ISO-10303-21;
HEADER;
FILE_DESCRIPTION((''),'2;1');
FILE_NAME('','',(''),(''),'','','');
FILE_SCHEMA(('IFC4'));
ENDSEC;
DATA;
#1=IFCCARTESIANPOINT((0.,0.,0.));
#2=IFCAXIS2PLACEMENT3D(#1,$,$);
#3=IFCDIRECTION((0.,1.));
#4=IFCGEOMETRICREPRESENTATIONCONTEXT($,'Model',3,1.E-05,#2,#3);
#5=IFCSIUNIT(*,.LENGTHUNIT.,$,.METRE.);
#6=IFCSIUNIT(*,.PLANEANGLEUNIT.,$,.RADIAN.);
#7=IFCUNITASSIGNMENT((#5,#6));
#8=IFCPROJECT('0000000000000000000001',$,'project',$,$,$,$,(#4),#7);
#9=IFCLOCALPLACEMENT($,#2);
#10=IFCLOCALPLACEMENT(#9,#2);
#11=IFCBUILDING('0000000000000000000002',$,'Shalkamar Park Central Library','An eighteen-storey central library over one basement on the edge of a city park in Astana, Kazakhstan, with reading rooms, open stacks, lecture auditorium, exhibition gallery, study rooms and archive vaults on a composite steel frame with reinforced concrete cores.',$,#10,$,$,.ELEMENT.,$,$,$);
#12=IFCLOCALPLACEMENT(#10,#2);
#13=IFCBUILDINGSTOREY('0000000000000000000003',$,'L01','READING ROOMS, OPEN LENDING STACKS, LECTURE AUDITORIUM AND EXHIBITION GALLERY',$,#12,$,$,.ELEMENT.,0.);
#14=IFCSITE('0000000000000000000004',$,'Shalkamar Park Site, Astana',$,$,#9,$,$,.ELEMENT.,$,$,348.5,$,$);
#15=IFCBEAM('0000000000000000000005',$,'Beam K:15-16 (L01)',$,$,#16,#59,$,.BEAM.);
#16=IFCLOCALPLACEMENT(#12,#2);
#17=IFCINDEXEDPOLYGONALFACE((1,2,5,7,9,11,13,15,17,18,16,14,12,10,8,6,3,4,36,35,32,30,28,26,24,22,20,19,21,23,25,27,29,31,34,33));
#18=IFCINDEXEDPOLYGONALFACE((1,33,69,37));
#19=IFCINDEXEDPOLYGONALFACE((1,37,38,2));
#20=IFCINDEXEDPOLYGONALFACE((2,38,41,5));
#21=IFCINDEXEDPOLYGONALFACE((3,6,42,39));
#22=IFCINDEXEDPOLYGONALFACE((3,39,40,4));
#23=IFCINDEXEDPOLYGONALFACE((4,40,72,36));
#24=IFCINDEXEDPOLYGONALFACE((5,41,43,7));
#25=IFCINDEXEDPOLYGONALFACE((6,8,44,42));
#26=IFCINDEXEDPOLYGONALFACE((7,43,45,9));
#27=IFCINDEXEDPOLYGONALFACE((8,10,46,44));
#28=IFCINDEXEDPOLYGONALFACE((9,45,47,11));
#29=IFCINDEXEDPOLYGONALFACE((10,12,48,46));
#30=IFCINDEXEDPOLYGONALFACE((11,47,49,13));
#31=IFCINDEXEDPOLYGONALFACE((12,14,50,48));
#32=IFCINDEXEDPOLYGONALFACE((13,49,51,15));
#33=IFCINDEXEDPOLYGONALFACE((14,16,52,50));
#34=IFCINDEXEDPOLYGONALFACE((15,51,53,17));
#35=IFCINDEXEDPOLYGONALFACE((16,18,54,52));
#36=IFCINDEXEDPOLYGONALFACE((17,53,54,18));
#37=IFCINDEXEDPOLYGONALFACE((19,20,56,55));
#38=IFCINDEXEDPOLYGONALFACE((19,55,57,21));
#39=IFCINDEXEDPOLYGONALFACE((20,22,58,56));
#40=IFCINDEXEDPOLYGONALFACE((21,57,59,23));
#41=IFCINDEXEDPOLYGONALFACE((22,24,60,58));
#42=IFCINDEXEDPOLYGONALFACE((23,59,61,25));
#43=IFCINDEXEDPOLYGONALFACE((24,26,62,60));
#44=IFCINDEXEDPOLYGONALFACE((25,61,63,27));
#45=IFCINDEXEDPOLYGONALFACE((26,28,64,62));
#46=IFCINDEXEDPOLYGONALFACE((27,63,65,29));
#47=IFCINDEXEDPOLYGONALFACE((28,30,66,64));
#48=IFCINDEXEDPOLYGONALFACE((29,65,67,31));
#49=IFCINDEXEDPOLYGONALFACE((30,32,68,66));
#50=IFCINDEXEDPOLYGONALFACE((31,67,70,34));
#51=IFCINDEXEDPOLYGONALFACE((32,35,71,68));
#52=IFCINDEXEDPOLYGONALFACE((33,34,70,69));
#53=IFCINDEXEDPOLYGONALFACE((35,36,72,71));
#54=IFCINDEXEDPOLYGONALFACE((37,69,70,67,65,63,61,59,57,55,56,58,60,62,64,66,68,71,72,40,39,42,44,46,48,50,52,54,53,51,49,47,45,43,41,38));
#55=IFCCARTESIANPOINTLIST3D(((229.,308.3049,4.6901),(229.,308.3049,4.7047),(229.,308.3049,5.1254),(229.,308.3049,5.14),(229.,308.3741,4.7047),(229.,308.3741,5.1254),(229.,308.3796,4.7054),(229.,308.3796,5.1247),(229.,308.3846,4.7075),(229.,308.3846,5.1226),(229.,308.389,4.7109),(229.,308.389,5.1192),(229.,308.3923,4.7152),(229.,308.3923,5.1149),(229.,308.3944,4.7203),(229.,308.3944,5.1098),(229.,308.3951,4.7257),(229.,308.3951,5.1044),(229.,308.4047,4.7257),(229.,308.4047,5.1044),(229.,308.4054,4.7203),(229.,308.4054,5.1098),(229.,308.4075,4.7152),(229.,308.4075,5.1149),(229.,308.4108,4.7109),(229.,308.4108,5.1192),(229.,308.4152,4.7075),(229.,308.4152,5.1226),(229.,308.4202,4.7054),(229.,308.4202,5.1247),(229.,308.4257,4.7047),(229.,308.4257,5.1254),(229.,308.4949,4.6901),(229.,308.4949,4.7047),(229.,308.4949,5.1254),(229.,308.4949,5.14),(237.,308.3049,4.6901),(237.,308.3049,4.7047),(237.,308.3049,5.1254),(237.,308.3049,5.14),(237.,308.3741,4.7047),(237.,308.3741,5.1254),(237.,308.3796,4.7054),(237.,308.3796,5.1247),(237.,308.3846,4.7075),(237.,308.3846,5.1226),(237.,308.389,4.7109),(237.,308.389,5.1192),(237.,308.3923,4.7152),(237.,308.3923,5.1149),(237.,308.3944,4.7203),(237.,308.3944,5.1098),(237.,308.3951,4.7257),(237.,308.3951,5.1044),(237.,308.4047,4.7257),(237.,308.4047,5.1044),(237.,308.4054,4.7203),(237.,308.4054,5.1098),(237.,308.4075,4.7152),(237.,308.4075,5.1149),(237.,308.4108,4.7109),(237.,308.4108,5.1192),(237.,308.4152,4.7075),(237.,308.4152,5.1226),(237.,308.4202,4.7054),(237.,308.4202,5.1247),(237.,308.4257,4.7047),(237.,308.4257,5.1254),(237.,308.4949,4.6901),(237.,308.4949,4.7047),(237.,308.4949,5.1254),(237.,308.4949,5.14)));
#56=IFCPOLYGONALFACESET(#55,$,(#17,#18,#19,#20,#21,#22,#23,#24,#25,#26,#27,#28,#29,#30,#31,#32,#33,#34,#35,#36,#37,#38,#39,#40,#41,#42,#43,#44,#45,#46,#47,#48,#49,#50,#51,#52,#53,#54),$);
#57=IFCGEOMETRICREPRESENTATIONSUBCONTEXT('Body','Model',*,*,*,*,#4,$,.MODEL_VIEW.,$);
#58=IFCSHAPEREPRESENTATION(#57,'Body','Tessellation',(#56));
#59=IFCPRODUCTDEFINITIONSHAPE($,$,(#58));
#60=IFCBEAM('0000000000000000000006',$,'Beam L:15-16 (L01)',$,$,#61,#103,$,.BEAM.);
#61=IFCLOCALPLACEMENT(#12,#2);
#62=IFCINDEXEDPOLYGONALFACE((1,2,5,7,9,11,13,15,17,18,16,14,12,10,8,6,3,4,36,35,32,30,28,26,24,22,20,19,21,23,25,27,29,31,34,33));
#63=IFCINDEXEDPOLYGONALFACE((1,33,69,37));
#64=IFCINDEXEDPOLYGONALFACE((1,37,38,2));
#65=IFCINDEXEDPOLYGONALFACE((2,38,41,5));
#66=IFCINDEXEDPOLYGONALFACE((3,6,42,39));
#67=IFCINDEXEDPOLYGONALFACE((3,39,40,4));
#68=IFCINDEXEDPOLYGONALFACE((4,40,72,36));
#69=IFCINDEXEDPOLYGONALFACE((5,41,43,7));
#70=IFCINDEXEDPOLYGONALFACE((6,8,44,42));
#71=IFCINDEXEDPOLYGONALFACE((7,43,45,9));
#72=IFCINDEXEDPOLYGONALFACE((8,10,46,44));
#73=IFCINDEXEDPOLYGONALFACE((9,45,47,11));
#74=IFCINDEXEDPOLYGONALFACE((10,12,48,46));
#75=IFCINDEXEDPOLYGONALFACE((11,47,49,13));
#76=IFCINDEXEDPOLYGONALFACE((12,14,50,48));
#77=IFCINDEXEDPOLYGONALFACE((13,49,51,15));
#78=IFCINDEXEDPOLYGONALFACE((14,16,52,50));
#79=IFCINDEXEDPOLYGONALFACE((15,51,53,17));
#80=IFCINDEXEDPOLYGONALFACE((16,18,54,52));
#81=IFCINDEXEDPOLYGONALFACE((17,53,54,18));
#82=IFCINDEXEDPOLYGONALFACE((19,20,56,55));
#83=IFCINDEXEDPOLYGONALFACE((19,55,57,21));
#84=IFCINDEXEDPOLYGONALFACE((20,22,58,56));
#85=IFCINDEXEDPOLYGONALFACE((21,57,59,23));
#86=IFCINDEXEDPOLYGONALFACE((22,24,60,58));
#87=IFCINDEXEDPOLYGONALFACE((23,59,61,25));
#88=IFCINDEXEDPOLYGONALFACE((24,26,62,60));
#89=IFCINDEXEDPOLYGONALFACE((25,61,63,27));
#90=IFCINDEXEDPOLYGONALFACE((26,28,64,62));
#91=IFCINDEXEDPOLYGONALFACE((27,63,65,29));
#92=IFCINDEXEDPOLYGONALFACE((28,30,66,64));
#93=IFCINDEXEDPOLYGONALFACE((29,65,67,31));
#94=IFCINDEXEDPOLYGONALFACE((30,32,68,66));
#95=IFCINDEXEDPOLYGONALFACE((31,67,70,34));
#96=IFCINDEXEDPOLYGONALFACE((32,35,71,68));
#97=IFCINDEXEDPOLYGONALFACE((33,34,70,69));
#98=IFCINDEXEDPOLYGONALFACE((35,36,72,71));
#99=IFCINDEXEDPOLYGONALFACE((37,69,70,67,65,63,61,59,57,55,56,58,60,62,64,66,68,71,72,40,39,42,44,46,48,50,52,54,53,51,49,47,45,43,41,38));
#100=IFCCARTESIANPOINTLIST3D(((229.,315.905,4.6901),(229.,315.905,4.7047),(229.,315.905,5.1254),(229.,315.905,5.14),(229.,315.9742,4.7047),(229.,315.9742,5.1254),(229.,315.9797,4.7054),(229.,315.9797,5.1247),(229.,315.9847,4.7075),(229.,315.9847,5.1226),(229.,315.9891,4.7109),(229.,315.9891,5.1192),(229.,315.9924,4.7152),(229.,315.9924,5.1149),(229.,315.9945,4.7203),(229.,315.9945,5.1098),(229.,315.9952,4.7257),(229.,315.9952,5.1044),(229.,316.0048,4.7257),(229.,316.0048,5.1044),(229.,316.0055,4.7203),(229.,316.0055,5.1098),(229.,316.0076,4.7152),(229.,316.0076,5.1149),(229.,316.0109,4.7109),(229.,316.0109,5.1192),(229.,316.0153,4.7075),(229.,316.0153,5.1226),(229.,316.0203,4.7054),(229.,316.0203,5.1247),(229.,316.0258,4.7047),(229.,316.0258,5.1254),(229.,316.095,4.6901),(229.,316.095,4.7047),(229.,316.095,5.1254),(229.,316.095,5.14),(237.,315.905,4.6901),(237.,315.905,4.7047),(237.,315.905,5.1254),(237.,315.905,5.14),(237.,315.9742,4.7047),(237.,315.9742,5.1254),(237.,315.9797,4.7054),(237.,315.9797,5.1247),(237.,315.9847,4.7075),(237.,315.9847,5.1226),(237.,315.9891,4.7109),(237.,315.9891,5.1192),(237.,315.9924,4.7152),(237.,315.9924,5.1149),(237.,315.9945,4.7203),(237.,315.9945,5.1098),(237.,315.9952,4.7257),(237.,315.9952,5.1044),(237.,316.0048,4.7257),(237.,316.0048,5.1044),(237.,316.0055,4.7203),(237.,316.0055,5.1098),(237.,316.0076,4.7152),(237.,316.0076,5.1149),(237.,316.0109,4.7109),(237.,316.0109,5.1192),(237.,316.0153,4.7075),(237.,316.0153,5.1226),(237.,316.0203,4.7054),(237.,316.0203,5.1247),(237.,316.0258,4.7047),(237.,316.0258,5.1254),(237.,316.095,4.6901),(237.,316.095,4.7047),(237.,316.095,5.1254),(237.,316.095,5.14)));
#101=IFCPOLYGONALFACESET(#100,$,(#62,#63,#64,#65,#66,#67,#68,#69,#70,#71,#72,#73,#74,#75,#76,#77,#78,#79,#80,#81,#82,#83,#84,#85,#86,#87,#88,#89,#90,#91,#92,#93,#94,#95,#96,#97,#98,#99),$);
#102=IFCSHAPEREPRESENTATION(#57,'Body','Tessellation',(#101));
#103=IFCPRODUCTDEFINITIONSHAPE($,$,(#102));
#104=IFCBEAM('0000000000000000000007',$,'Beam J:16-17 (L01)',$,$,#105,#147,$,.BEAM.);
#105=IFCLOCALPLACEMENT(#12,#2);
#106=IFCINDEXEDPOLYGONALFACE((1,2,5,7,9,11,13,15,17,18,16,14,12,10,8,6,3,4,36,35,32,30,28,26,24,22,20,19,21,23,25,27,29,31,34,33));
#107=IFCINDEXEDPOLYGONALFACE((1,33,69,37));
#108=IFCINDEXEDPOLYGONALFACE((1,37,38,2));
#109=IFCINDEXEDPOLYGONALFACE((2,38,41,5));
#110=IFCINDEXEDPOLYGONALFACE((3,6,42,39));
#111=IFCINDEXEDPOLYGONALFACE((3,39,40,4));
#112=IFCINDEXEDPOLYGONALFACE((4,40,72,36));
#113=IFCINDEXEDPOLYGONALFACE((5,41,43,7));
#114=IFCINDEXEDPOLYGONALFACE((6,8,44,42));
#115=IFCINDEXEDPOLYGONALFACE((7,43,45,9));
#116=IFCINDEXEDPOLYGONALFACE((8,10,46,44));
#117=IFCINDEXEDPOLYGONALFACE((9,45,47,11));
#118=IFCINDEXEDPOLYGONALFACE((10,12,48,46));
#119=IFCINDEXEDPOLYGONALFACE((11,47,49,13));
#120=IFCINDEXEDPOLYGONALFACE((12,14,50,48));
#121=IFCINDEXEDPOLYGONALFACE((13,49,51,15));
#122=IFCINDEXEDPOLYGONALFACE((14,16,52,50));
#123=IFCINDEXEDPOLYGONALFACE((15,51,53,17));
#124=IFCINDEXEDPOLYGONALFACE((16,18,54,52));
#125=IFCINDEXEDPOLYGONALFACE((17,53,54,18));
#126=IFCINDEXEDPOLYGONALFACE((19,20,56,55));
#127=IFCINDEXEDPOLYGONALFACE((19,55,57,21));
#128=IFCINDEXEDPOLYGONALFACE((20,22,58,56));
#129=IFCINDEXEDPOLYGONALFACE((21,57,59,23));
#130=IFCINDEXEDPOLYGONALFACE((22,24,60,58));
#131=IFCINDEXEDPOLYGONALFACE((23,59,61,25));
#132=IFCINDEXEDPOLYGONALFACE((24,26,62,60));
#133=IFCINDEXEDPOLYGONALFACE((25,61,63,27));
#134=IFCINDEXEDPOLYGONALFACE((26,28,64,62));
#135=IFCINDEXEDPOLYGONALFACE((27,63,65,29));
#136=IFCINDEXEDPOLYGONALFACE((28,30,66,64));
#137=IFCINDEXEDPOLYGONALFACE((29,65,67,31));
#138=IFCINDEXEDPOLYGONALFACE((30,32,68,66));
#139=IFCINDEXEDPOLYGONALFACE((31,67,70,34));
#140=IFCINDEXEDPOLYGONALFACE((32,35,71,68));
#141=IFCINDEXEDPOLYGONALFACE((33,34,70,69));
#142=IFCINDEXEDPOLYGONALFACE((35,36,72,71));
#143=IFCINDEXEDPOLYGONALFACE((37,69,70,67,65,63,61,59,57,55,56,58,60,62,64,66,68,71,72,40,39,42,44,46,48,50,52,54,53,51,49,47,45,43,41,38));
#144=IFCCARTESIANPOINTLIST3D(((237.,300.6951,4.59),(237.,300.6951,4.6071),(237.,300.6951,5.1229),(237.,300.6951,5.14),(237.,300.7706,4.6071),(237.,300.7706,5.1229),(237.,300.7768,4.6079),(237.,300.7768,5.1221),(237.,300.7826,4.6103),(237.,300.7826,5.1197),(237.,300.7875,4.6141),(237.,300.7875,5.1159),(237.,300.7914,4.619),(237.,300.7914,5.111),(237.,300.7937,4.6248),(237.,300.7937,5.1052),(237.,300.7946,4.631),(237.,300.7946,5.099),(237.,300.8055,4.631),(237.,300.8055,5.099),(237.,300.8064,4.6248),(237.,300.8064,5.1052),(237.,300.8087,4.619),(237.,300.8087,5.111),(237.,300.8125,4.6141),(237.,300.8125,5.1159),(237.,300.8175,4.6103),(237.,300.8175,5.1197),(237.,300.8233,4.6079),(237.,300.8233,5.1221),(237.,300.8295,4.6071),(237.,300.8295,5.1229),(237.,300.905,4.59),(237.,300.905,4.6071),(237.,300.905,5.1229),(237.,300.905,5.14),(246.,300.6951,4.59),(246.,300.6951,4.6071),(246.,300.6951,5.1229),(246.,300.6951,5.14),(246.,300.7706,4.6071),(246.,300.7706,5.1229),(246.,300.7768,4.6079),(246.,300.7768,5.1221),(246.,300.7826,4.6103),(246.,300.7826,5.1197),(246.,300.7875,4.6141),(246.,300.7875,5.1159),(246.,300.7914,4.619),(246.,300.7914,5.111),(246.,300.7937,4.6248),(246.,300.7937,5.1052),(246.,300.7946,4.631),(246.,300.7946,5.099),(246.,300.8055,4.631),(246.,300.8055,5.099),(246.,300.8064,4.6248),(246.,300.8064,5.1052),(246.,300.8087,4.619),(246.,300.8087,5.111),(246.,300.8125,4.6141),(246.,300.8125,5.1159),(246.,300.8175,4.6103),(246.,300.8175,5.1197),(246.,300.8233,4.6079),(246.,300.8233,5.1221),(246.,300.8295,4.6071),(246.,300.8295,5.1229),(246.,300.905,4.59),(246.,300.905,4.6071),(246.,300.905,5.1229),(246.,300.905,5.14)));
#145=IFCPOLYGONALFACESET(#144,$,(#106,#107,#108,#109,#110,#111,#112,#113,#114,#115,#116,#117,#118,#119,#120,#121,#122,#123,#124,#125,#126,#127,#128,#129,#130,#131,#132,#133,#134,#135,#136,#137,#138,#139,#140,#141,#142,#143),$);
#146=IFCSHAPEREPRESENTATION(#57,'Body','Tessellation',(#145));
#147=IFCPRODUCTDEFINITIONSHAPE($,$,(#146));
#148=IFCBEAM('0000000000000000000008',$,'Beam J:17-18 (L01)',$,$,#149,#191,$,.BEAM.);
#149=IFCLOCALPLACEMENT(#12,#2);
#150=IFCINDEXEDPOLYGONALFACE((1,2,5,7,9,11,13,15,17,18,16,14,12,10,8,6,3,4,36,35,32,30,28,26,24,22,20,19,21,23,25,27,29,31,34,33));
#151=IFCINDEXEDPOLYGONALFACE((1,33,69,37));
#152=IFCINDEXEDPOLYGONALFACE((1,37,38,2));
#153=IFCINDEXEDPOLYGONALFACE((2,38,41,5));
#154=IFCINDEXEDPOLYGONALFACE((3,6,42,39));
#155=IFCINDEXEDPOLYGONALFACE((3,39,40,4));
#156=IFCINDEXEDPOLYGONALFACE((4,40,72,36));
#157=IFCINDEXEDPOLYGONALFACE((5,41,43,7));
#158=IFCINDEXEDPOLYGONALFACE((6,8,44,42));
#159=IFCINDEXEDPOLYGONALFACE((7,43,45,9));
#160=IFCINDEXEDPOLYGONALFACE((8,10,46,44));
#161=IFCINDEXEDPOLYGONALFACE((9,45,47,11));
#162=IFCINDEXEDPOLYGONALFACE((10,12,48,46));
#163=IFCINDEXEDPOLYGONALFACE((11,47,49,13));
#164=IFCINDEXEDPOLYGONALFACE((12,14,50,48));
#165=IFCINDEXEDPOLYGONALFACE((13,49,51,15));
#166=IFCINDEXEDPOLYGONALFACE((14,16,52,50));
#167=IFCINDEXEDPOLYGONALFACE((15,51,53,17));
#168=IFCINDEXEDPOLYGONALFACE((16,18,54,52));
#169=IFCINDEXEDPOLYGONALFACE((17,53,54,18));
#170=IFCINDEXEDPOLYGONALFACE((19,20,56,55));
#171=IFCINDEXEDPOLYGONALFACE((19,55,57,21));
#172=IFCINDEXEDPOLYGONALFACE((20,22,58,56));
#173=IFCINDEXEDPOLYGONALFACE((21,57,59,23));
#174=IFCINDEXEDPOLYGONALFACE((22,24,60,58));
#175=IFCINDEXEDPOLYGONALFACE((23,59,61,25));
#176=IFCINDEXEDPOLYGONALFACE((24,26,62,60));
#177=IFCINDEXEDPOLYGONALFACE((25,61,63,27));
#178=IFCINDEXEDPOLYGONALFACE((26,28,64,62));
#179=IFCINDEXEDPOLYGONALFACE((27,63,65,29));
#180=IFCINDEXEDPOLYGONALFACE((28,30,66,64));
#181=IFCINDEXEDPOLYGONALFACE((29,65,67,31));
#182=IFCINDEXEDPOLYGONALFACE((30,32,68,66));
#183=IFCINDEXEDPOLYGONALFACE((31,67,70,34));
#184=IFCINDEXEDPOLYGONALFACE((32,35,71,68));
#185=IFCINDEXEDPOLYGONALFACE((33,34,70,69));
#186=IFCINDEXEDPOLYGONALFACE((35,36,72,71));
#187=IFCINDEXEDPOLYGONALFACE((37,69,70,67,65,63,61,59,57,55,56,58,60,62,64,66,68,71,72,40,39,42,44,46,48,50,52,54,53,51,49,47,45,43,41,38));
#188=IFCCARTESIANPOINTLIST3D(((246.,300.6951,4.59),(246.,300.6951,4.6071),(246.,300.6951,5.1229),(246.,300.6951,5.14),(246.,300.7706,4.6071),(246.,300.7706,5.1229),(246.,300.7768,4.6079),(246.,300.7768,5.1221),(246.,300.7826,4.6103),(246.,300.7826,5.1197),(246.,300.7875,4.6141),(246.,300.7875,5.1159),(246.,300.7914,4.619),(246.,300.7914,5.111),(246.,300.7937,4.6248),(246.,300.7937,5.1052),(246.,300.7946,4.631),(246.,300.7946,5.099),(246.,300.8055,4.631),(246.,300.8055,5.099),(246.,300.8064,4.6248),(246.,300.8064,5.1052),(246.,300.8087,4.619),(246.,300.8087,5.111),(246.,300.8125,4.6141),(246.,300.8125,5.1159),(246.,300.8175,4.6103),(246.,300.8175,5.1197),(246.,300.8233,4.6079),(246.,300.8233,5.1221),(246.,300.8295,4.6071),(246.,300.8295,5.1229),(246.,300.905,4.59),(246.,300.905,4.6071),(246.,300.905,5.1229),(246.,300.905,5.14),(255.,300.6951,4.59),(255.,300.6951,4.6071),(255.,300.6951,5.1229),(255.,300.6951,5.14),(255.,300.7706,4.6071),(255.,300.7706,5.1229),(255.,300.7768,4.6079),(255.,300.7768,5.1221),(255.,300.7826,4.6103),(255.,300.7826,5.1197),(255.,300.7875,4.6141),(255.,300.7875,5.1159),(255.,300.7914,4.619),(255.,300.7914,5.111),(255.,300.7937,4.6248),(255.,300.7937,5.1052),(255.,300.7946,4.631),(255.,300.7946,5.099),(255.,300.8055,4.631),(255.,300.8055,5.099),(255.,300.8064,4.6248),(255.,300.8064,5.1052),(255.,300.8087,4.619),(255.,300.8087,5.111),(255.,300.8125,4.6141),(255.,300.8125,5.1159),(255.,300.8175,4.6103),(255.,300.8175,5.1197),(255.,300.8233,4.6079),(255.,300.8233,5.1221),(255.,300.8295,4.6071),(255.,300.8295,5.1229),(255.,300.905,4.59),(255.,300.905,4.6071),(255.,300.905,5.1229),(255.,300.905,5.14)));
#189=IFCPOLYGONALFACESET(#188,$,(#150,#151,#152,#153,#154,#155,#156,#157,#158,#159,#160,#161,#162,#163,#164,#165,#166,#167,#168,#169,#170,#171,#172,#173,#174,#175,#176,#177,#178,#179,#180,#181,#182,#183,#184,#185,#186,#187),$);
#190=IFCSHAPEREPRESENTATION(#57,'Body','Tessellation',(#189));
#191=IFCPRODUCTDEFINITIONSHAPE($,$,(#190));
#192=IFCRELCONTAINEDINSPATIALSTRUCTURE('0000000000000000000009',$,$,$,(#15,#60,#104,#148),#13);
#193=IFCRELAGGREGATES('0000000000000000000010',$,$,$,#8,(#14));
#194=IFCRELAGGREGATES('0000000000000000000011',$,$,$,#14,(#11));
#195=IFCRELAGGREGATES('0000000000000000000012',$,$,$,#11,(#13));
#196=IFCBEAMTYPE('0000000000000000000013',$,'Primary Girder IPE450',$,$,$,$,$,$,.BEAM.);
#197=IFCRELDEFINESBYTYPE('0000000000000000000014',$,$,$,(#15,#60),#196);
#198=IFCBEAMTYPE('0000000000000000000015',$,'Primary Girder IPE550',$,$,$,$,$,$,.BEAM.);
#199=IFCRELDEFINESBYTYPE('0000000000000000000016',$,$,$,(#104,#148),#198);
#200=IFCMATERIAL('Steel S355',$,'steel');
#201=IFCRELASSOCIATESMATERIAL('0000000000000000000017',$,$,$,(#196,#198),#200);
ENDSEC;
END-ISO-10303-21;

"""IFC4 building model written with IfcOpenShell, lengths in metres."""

from ifc_helpers import new_model, si_unit, direction, frame, origin, origin_2d, place, context, subcontext, project, spatial, i_section, extrude, material, material_profile, profile_set, type_object, element, save


model = new_model("IFC4")

# Units and contexts
model_context = context("Model", 3, precision=1e-05, world=origin(), true_north=direction((0.0, 1.0)))
body_context = subcontext(model_context, "Body", "Model", "MODEL_VIEW")
ifc_project = project(units=[si_unit("LENGTHUNIT", "METRE"), si_unit("PLANEANGLEUNIT", "RADIAN")], contexts=[model_context])

# Site, building, storey
site_placement = place(None, origin())
site = spatial("IfcSite", under=ifc_project, at=site_placement, Name="Shalkamar Park Site, Astana", CompositionType="ELEMENT", RefElevation=348.5)
building_placement = place(site_placement, origin())
building = spatial("IfcBuilding", under=site, at=building_placement, Name="Shalkamar Park Central Library", Description="An eighteen-storey central library over one basement on the edge of a city park in Astana, Kazakhstan, with reading rooms, open stacks, lecture auditorium, exhibition gallery, study rooms and archive vaults on a composite steel frame with reinforced concrete cores.", CompositionType="ELEMENT")
storey_placement = place(building_placement, origin())
storey = spatial("IfcBuildingStorey", under=building, at=storey_placement, Name="L01", Description="READING ROOMS, OPEN LENDING STACKS, LECTURE AUDITORIUM AND EXHIBITION GALLERY", CompositionType="ELEMENT", Elevation=0.0)

# Shared definitions
ifc_material_1 = material(Name="Steel S355", Category="steel")

# Beams
ifc_material_profile_1 = material_profile(ifc_material_1, i_section(OverallWidth=0.1899, OverallDepth=0.45, WebThickness=0.0095, FlangeThickness=0.0146, FilletRadius=0.021, at=origin_2d()), Name="IPE 450")
ifc_profile_set_1 = profile_set([ifc_material_profile_1], Name="Steel S355")
beam_type_1 = type_object("IfcBeamType", Name="Primary Girder IPE450", PredefinedType="BEAM", material=ifc_profile_set_1)
for number, where, z_axis, x_axis, name in (
    (1, (229.0, 308.3999, 4.915), (1.0, 0.0, 0.0), (0.0, 1.0, 0.0), "Beam K:15-16 (L01)"),
    (2, (229.0, 316.0, 4.915), (1.0, 0.0, 0.0), (0.0, 1.0, 0.0), "Beam L:15-16 (L01)"),
):
    element("IfcBeam", number, at=place(storey_placement, frame(where, z_axis=z_axis, x_axis=x_axis)), inside=storey, type_object=beam_type_1, Name=name, PredefinedType="BEAM", context=body_context, shape_type="SweptSolid", body=[
        extrude(i_section(OverallWidth=0.1899, OverallDepth=0.45, WebThickness=0.0095, FlangeThickness=0.0146, FilletRadius=0.021, at=origin_2d()), origin(), (0.0, 0.0, 1.0), 8.0),
    ])
ifc_material_profile_2 = material_profile(ifc_material_1, i_section(OverallWidth=0.21, OverallDepth=0.55, WebThickness=0.011, FlangeThickness=0.0171, FilletRadius=0.0239, at=origin_2d()), Name="IPE 550")
ifc_profile_set_2 = profile_set([ifc_material_profile_2], Name="Steel S355")
beam_type_2 = type_object("IfcBeamType", Name="Primary Girder IPE550", PredefinedType="BEAM", material=ifc_profile_set_2)
for number, where, z_axis, x_axis, name in (
    (3, (237.0, 300.8, 4.865), (1.0, 0.0, 0.0), (0.0, 1.0, 0.0), "Beam J:16-17 (L01)"),
    (4, (246.0, 300.8, 4.865), (1.0, 0.0, 0.0), (0.0, 1.0, 0.0), "Beam J:17-18 (L01)"),
):
    element("IfcBeam", number, at=place(storey_placement, frame(where, z_axis=z_axis, x_axis=x_axis)), inside=storey, type_object=beam_type_2, Name=name, PredefinedType="BEAM", context=body_context, shape_type="SweptSolid", body=[
        extrude(i_section(OverallWidth=0.21, OverallDepth=0.55, WebThickness=0.011, FlangeThickness=0.0171, FilletRadius=0.0239, at=origin_2d()), origin(), (0.0, 0.0, 1.0), 9.0),
    ])

save(model, "model.ifc")
